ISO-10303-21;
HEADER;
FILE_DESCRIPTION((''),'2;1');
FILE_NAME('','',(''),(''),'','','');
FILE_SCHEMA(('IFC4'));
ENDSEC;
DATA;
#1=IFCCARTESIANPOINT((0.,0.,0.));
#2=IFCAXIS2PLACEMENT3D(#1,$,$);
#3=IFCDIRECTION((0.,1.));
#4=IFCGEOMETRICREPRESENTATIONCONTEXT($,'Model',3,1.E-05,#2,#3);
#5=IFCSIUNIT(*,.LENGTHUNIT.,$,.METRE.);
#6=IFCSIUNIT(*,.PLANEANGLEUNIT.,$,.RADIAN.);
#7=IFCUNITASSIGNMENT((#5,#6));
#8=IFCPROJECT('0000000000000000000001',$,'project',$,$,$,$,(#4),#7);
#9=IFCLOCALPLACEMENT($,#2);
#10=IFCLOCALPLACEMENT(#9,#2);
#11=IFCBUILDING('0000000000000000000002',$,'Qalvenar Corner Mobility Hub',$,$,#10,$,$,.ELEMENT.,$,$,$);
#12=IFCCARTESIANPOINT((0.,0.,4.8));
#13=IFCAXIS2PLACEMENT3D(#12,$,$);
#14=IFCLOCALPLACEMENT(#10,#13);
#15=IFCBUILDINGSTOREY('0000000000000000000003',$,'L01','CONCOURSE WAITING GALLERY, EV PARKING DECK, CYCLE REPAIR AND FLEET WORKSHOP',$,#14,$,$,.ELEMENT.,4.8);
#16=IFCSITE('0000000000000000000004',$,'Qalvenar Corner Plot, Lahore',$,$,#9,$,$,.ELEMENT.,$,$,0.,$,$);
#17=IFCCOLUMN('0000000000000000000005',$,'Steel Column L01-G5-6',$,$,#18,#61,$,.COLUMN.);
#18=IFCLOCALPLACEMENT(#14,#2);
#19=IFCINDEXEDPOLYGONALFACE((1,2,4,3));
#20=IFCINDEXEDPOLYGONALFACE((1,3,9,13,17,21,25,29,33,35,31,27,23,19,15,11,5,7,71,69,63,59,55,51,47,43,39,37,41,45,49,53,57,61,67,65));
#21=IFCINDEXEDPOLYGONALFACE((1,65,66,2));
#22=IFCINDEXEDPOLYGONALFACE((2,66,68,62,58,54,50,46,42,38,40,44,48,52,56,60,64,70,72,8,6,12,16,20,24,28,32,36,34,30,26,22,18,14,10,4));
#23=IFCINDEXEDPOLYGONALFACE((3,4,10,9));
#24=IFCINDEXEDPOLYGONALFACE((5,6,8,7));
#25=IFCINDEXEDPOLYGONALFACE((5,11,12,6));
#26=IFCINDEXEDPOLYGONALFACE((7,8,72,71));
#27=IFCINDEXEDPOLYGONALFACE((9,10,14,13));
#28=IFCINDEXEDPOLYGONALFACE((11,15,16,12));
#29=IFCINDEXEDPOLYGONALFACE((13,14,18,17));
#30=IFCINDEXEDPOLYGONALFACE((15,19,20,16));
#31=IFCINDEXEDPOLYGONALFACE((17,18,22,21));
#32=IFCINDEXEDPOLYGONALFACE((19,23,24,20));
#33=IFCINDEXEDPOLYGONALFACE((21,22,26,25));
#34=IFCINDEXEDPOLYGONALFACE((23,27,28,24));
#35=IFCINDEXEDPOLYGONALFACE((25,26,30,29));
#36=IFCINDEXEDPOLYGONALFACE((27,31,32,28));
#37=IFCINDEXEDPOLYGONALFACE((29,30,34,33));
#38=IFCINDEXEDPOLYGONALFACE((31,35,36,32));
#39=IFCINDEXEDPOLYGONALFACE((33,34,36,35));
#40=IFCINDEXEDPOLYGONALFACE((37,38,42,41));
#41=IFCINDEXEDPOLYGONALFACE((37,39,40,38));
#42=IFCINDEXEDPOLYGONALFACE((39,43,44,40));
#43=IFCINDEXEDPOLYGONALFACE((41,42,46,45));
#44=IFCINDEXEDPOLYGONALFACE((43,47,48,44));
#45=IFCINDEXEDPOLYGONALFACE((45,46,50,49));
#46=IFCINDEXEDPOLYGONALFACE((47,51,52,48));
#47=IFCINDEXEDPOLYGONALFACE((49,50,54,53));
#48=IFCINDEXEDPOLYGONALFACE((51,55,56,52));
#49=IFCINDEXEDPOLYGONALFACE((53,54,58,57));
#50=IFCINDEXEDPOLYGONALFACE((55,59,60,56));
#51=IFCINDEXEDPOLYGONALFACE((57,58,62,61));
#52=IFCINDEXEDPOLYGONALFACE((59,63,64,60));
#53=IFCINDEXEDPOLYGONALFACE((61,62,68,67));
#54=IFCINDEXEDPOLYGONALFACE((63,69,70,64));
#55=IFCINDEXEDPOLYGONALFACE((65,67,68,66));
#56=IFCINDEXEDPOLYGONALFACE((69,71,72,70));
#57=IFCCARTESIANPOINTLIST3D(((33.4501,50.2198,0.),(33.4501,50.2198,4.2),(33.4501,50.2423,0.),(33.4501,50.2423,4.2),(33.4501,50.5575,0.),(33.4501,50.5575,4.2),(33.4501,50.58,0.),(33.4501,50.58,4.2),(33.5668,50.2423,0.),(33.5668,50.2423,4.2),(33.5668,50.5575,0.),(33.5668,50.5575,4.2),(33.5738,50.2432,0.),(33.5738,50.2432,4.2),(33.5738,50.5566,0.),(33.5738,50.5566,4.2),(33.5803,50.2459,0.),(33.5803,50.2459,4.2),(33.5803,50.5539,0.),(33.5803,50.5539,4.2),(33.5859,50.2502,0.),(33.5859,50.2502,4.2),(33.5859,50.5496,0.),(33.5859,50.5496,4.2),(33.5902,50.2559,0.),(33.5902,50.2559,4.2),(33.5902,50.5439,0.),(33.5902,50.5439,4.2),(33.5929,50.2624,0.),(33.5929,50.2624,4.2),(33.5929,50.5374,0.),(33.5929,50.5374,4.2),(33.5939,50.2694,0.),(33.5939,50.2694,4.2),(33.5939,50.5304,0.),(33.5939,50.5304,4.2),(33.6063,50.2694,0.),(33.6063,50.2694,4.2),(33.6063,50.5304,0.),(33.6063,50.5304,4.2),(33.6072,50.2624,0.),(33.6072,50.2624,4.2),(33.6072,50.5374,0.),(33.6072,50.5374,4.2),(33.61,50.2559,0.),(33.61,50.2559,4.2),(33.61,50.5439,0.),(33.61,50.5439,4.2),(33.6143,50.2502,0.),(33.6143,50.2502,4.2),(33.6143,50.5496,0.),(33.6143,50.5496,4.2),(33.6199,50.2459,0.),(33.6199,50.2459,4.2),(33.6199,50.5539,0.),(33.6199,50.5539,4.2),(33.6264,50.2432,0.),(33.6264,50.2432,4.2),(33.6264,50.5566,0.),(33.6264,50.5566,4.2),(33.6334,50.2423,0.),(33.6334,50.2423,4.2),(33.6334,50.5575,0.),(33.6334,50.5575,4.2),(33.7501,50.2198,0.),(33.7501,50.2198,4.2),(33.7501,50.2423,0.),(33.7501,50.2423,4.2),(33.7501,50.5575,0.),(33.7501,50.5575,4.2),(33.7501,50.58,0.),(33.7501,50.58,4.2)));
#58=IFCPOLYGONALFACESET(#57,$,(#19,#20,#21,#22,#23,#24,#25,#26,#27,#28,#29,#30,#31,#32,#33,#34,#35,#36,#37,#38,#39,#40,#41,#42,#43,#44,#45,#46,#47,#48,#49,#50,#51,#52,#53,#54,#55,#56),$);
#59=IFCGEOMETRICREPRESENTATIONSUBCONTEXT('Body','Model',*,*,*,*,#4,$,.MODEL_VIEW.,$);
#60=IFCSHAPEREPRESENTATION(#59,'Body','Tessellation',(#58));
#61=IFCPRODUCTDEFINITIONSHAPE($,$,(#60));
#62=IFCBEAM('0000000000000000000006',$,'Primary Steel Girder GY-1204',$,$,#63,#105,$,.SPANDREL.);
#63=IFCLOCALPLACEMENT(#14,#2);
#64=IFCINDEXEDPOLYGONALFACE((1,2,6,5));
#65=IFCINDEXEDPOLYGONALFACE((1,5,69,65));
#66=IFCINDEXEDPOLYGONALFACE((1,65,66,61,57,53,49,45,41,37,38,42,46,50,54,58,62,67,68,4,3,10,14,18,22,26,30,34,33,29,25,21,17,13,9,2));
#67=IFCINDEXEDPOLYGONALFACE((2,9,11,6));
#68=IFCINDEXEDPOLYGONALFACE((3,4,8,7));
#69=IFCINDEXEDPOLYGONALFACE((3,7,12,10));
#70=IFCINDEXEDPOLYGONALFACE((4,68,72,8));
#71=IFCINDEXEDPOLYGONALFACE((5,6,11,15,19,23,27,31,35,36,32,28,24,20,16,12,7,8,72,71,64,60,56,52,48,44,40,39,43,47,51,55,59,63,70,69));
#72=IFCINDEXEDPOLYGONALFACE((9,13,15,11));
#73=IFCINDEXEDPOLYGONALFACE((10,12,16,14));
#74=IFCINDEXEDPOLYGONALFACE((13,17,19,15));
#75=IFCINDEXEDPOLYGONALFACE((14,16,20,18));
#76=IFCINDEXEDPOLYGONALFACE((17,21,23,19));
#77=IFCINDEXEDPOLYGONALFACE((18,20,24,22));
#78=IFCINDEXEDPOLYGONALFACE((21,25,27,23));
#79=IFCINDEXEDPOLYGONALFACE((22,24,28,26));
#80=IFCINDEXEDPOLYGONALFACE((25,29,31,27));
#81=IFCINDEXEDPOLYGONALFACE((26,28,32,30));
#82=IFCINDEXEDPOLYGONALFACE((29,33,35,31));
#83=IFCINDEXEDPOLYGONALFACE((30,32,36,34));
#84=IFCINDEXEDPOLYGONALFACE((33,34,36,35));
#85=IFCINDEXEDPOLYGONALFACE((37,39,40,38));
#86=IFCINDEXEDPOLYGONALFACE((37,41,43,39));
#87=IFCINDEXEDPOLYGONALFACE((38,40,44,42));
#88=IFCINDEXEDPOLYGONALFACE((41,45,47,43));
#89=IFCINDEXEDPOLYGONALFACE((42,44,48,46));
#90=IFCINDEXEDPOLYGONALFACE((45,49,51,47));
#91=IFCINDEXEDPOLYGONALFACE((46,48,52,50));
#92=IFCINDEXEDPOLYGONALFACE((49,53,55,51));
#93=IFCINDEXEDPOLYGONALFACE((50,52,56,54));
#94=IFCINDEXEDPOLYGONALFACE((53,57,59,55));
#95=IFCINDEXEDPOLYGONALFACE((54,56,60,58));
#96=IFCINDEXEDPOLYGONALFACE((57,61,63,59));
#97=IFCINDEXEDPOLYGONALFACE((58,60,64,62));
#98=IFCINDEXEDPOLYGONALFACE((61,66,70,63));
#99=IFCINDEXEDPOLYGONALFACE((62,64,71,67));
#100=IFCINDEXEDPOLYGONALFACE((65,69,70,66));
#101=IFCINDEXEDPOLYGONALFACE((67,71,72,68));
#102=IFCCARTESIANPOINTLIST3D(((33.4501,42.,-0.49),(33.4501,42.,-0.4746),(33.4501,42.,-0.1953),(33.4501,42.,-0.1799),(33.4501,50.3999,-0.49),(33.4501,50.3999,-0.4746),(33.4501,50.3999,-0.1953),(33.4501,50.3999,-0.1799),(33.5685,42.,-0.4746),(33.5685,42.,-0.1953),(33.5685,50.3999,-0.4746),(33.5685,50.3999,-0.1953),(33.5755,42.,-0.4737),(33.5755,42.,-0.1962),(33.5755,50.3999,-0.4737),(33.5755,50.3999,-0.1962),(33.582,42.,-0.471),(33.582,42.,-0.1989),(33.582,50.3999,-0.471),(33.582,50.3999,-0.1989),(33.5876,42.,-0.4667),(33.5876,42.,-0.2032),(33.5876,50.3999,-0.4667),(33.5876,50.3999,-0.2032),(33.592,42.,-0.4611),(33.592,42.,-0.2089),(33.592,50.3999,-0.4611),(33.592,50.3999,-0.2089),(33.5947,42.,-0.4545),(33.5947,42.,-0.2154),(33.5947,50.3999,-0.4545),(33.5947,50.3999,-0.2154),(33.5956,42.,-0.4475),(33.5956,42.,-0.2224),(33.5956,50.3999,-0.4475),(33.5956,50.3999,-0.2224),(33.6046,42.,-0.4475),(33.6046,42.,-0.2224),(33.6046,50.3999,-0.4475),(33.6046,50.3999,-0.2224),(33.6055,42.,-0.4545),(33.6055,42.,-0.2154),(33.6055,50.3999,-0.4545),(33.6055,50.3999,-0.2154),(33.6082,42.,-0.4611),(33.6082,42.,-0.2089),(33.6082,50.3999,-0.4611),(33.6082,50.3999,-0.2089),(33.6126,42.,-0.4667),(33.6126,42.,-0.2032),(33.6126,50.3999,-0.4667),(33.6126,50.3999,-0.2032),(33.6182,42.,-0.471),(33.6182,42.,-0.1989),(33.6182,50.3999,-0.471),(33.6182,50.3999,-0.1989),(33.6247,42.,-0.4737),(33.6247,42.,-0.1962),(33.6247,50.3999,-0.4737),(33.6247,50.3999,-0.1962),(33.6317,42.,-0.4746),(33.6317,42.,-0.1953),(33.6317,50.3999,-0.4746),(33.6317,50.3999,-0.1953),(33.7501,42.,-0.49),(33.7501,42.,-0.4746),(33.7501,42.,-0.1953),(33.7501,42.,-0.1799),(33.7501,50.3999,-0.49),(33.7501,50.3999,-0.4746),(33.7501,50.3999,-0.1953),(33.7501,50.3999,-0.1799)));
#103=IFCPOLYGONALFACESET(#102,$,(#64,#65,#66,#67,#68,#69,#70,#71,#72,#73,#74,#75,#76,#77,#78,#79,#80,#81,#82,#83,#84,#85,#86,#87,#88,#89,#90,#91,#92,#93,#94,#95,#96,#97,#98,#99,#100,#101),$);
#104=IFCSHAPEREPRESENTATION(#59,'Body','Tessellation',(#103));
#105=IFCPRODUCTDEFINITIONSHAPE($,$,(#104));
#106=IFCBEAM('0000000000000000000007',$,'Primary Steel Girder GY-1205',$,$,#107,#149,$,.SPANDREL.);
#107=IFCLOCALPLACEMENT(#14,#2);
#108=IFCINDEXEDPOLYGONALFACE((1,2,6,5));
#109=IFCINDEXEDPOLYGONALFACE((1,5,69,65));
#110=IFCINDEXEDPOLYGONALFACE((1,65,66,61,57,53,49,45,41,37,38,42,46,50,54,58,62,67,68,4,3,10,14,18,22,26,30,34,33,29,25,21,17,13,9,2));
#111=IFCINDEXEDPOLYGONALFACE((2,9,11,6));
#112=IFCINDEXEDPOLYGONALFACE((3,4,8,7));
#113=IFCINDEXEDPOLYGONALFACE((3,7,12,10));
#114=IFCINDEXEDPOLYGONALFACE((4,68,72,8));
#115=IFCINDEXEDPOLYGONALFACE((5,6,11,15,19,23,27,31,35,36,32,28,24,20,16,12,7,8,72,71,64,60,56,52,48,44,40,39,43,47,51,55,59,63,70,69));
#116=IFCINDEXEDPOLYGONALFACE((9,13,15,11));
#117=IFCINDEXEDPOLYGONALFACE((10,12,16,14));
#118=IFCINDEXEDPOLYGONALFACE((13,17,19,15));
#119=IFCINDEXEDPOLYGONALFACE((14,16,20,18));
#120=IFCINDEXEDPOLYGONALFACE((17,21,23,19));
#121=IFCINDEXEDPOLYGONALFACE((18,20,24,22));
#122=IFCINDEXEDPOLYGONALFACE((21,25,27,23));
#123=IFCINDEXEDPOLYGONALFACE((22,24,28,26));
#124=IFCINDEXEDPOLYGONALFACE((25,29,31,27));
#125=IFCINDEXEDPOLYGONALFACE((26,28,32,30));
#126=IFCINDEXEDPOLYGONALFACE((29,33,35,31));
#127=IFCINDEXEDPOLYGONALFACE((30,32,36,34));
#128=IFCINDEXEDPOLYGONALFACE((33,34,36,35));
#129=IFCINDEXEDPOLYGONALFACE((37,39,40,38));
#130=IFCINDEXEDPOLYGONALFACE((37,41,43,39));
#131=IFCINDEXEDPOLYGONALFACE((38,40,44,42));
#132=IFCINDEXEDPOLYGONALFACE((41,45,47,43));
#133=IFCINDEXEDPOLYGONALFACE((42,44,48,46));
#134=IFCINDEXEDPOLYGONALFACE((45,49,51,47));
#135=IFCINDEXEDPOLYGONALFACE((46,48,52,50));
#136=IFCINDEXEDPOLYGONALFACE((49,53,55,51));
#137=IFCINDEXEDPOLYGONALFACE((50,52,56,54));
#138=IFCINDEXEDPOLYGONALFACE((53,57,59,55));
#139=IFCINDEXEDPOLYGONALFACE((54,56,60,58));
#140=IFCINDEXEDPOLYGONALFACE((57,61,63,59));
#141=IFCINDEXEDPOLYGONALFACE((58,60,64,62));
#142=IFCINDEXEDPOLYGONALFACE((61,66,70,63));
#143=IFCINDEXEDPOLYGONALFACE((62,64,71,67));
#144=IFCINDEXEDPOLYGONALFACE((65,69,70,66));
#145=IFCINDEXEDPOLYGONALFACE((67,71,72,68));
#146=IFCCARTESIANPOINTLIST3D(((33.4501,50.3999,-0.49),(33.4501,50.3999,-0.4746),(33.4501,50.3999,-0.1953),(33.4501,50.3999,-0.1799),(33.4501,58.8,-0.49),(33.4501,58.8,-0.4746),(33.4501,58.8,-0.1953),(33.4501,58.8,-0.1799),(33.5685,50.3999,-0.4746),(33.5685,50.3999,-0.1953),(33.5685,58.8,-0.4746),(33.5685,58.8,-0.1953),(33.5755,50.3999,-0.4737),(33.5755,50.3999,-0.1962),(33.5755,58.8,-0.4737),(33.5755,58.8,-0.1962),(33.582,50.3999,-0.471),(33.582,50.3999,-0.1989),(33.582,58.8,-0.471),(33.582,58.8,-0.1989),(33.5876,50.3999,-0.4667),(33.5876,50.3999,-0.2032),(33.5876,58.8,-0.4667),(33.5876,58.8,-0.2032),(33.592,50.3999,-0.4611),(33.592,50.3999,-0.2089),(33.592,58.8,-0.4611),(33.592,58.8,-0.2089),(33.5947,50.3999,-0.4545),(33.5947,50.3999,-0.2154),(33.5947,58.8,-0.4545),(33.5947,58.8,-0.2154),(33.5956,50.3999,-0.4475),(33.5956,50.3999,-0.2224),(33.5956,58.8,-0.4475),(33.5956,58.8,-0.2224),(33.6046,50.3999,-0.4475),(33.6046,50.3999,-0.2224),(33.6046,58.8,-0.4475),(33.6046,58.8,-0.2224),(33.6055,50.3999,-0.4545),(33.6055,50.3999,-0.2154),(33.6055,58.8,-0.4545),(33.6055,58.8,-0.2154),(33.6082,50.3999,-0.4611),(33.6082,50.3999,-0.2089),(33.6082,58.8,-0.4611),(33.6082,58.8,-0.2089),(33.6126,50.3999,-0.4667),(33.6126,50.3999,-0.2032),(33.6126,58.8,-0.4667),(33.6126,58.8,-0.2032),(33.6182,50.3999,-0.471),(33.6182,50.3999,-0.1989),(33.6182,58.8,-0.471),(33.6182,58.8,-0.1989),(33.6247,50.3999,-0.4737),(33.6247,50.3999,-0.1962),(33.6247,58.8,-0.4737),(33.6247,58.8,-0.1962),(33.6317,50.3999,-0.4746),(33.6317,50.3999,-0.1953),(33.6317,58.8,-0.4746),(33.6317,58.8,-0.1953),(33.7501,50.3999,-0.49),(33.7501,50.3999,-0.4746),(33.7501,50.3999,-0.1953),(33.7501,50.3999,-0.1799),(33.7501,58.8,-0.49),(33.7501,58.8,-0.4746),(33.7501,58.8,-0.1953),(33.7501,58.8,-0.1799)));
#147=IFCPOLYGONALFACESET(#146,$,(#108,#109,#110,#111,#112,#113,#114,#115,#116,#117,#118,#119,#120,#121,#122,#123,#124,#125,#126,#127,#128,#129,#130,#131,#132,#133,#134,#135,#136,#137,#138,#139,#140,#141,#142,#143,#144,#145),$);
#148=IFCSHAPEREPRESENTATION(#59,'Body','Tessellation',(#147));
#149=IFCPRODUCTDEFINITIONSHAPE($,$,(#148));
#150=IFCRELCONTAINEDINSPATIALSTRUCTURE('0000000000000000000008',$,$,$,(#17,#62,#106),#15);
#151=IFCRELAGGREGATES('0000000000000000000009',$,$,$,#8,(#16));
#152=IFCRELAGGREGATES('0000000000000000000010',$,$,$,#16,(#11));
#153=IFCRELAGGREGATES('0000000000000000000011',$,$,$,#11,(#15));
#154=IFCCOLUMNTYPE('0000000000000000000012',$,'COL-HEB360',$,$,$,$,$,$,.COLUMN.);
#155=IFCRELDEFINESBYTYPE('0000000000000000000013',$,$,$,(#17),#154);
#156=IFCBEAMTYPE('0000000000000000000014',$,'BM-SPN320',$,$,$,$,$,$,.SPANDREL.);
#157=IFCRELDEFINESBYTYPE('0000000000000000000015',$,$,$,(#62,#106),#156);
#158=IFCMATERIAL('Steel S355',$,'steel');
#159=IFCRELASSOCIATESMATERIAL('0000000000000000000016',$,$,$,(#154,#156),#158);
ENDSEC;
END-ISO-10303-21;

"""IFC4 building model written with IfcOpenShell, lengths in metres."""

from ifc_helpers import new_model, si_unit, direction, frame, origin, origin_2d, place, context, subcontext, project, spatial, i_section, extrude, material, material_profile, profile_set, type_object, element, save


model = new_model("IFC4")

# Units and contexts
model_context = context("Model", 3, precision=1e-05, world=origin(), true_north=direction((0.0, 1.0)))
body_context = subcontext(model_context, "Body", "Model", "MODEL_VIEW")
ifc_project = project(units=[si_unit("LENGTHUNIT", "METRE"), si_unit("PLANEANGLEUNIT", "RADIAN")], contexts=[model_context])

# Site, building, storey
site_placement = place(None, origin())
site = spatial("IfcSite", under=ifc_project, at=site_placement, Name="Qalvenar Corner Plot, Lahore", CompositionType="ELEMENT", RefElevation=0.0)
building_placement = place(site_placement, origin())
building = spatial("IfcBuilding", under=site, at=building_placement, Name="Qalvenar Corner Mobility Hub", CompositionType="ELEMENT")
storey_placement = place(building_placement, frame((0.0, 0.0, 4.8)))
storey = spatial("IfcBuildingStorey", under=building, at=storey_placement, Name="L01", Description="CONCOURSE WAITING GALLERY, EV PARKING DECK, CYCLE REPAIR AND FLEET WORKSHOP", CompositionType="ELEMENT", Elevation=4.8)

# Column
ifc_material_1 = material(Name="Steel S355", Category="steel")
ifc_material_profile_1 = material_profile(ifc_material_1, i_section(OverallWidth=0.3, OverallDepth=0.3601, WebThickness=0.0125, FlangeThickness=0.0225, FilletRadius=0.0271, at=origin_2d()), Name="HEB360")
ifc_profile_set_1 = profile_set([ifc_material_profile_1], Name="Steel S355")
column_type = type_object("IfcColumnType", Name="COL-HEB360", PredefinedType="COLUMN", material=ifc_profile_set_1)
column_placement = place(storey_placement, frame((33.6001, 50.3999, 0.0), z_axis=(0.0, 0.0, 1.0), x_axis=(1.0, 0.0, 0.0)))
element("IfcColumn", 1, at=column_placement, inside=storey, type_object=column_type, Name="Steel Column L01-G5-6", PredefinedType="COLUMN", context=body_context, shape_type="SweptSolid", body=[
    extrude(i_section(OverallWidth=0.3, OverallDepth=0.3601, WebThickness=0.0125, FlangeThickness=0.0225, FilletRadius=0.0271, at=origin_2d()), origin(), (0.0, 0.0, 1.0), 4.2),
])

# Beams
ifc_material_profile_2 = material_profile(ifc_material_1, i_section(OverallWidth=0.3, OverallDepth=0.3101, WebThickness=0.009, FlangeThickness=0.0154, FilletRadius=0.0271, at=origin_2d()), Name="HEA320")
ifc_profile_set_2 = profile_set([ifc_material_profile_2], Name="Steel S355")
beam_type = type_object("IfcBeamType", Name="BM-SPN320", PredefinedType="SPANDREL", material=ifc_profile_set_2)
beam_1_placement = place(storey_placement, frame((33.6001, 42.0, -0.335), z_axis=(0.0, 1.0, 0.0), x_axis=(-1.0, 0.0, 0.0)))
element("IfcBeam", 2, at=beam_1_placement, inside=storey, type_object=beam_type, Name="Primary Steel Girder GY-1204", PredefinedType="SPANDREL", context=body_context, shape_type="SweptSolid", body=[
    extrude(i_section(OverallWidth=0.3, OverallDepth=0.3101, WebThickness=0.009, FlangeThickness=0.0154, FilletRadius=0.0271, at=origin_2d()), origin(), (0.0, 0.0, 1.0), 8.3999),
])
beam_2_placement = place(storey_placement, frame((33.6001, 50.3999, -0.335), z_axis=(0.0, 1.0, 0.0), x_axis=(-1.0, 0.0, 0.0)))
element("IfcBeam", 3, at=beam_2_placement, inside=storey, type_object=beam_type, Name="Primary Steel Girder GY-1205", PredefinedType="SPANDREL", context=body_context, shape_type="SweptSolid", body=[
    extrude(i_section(OverallWidth=0.3, OverallDepth=0.3101, WebThickness=0.009, FlangeThickness=0.0154, FilletRadius=0.0271, at=origin_2d()), origin(), (0.0, 0.0, 1.0), 8.4001),
])

save(model, "model.ifc")
